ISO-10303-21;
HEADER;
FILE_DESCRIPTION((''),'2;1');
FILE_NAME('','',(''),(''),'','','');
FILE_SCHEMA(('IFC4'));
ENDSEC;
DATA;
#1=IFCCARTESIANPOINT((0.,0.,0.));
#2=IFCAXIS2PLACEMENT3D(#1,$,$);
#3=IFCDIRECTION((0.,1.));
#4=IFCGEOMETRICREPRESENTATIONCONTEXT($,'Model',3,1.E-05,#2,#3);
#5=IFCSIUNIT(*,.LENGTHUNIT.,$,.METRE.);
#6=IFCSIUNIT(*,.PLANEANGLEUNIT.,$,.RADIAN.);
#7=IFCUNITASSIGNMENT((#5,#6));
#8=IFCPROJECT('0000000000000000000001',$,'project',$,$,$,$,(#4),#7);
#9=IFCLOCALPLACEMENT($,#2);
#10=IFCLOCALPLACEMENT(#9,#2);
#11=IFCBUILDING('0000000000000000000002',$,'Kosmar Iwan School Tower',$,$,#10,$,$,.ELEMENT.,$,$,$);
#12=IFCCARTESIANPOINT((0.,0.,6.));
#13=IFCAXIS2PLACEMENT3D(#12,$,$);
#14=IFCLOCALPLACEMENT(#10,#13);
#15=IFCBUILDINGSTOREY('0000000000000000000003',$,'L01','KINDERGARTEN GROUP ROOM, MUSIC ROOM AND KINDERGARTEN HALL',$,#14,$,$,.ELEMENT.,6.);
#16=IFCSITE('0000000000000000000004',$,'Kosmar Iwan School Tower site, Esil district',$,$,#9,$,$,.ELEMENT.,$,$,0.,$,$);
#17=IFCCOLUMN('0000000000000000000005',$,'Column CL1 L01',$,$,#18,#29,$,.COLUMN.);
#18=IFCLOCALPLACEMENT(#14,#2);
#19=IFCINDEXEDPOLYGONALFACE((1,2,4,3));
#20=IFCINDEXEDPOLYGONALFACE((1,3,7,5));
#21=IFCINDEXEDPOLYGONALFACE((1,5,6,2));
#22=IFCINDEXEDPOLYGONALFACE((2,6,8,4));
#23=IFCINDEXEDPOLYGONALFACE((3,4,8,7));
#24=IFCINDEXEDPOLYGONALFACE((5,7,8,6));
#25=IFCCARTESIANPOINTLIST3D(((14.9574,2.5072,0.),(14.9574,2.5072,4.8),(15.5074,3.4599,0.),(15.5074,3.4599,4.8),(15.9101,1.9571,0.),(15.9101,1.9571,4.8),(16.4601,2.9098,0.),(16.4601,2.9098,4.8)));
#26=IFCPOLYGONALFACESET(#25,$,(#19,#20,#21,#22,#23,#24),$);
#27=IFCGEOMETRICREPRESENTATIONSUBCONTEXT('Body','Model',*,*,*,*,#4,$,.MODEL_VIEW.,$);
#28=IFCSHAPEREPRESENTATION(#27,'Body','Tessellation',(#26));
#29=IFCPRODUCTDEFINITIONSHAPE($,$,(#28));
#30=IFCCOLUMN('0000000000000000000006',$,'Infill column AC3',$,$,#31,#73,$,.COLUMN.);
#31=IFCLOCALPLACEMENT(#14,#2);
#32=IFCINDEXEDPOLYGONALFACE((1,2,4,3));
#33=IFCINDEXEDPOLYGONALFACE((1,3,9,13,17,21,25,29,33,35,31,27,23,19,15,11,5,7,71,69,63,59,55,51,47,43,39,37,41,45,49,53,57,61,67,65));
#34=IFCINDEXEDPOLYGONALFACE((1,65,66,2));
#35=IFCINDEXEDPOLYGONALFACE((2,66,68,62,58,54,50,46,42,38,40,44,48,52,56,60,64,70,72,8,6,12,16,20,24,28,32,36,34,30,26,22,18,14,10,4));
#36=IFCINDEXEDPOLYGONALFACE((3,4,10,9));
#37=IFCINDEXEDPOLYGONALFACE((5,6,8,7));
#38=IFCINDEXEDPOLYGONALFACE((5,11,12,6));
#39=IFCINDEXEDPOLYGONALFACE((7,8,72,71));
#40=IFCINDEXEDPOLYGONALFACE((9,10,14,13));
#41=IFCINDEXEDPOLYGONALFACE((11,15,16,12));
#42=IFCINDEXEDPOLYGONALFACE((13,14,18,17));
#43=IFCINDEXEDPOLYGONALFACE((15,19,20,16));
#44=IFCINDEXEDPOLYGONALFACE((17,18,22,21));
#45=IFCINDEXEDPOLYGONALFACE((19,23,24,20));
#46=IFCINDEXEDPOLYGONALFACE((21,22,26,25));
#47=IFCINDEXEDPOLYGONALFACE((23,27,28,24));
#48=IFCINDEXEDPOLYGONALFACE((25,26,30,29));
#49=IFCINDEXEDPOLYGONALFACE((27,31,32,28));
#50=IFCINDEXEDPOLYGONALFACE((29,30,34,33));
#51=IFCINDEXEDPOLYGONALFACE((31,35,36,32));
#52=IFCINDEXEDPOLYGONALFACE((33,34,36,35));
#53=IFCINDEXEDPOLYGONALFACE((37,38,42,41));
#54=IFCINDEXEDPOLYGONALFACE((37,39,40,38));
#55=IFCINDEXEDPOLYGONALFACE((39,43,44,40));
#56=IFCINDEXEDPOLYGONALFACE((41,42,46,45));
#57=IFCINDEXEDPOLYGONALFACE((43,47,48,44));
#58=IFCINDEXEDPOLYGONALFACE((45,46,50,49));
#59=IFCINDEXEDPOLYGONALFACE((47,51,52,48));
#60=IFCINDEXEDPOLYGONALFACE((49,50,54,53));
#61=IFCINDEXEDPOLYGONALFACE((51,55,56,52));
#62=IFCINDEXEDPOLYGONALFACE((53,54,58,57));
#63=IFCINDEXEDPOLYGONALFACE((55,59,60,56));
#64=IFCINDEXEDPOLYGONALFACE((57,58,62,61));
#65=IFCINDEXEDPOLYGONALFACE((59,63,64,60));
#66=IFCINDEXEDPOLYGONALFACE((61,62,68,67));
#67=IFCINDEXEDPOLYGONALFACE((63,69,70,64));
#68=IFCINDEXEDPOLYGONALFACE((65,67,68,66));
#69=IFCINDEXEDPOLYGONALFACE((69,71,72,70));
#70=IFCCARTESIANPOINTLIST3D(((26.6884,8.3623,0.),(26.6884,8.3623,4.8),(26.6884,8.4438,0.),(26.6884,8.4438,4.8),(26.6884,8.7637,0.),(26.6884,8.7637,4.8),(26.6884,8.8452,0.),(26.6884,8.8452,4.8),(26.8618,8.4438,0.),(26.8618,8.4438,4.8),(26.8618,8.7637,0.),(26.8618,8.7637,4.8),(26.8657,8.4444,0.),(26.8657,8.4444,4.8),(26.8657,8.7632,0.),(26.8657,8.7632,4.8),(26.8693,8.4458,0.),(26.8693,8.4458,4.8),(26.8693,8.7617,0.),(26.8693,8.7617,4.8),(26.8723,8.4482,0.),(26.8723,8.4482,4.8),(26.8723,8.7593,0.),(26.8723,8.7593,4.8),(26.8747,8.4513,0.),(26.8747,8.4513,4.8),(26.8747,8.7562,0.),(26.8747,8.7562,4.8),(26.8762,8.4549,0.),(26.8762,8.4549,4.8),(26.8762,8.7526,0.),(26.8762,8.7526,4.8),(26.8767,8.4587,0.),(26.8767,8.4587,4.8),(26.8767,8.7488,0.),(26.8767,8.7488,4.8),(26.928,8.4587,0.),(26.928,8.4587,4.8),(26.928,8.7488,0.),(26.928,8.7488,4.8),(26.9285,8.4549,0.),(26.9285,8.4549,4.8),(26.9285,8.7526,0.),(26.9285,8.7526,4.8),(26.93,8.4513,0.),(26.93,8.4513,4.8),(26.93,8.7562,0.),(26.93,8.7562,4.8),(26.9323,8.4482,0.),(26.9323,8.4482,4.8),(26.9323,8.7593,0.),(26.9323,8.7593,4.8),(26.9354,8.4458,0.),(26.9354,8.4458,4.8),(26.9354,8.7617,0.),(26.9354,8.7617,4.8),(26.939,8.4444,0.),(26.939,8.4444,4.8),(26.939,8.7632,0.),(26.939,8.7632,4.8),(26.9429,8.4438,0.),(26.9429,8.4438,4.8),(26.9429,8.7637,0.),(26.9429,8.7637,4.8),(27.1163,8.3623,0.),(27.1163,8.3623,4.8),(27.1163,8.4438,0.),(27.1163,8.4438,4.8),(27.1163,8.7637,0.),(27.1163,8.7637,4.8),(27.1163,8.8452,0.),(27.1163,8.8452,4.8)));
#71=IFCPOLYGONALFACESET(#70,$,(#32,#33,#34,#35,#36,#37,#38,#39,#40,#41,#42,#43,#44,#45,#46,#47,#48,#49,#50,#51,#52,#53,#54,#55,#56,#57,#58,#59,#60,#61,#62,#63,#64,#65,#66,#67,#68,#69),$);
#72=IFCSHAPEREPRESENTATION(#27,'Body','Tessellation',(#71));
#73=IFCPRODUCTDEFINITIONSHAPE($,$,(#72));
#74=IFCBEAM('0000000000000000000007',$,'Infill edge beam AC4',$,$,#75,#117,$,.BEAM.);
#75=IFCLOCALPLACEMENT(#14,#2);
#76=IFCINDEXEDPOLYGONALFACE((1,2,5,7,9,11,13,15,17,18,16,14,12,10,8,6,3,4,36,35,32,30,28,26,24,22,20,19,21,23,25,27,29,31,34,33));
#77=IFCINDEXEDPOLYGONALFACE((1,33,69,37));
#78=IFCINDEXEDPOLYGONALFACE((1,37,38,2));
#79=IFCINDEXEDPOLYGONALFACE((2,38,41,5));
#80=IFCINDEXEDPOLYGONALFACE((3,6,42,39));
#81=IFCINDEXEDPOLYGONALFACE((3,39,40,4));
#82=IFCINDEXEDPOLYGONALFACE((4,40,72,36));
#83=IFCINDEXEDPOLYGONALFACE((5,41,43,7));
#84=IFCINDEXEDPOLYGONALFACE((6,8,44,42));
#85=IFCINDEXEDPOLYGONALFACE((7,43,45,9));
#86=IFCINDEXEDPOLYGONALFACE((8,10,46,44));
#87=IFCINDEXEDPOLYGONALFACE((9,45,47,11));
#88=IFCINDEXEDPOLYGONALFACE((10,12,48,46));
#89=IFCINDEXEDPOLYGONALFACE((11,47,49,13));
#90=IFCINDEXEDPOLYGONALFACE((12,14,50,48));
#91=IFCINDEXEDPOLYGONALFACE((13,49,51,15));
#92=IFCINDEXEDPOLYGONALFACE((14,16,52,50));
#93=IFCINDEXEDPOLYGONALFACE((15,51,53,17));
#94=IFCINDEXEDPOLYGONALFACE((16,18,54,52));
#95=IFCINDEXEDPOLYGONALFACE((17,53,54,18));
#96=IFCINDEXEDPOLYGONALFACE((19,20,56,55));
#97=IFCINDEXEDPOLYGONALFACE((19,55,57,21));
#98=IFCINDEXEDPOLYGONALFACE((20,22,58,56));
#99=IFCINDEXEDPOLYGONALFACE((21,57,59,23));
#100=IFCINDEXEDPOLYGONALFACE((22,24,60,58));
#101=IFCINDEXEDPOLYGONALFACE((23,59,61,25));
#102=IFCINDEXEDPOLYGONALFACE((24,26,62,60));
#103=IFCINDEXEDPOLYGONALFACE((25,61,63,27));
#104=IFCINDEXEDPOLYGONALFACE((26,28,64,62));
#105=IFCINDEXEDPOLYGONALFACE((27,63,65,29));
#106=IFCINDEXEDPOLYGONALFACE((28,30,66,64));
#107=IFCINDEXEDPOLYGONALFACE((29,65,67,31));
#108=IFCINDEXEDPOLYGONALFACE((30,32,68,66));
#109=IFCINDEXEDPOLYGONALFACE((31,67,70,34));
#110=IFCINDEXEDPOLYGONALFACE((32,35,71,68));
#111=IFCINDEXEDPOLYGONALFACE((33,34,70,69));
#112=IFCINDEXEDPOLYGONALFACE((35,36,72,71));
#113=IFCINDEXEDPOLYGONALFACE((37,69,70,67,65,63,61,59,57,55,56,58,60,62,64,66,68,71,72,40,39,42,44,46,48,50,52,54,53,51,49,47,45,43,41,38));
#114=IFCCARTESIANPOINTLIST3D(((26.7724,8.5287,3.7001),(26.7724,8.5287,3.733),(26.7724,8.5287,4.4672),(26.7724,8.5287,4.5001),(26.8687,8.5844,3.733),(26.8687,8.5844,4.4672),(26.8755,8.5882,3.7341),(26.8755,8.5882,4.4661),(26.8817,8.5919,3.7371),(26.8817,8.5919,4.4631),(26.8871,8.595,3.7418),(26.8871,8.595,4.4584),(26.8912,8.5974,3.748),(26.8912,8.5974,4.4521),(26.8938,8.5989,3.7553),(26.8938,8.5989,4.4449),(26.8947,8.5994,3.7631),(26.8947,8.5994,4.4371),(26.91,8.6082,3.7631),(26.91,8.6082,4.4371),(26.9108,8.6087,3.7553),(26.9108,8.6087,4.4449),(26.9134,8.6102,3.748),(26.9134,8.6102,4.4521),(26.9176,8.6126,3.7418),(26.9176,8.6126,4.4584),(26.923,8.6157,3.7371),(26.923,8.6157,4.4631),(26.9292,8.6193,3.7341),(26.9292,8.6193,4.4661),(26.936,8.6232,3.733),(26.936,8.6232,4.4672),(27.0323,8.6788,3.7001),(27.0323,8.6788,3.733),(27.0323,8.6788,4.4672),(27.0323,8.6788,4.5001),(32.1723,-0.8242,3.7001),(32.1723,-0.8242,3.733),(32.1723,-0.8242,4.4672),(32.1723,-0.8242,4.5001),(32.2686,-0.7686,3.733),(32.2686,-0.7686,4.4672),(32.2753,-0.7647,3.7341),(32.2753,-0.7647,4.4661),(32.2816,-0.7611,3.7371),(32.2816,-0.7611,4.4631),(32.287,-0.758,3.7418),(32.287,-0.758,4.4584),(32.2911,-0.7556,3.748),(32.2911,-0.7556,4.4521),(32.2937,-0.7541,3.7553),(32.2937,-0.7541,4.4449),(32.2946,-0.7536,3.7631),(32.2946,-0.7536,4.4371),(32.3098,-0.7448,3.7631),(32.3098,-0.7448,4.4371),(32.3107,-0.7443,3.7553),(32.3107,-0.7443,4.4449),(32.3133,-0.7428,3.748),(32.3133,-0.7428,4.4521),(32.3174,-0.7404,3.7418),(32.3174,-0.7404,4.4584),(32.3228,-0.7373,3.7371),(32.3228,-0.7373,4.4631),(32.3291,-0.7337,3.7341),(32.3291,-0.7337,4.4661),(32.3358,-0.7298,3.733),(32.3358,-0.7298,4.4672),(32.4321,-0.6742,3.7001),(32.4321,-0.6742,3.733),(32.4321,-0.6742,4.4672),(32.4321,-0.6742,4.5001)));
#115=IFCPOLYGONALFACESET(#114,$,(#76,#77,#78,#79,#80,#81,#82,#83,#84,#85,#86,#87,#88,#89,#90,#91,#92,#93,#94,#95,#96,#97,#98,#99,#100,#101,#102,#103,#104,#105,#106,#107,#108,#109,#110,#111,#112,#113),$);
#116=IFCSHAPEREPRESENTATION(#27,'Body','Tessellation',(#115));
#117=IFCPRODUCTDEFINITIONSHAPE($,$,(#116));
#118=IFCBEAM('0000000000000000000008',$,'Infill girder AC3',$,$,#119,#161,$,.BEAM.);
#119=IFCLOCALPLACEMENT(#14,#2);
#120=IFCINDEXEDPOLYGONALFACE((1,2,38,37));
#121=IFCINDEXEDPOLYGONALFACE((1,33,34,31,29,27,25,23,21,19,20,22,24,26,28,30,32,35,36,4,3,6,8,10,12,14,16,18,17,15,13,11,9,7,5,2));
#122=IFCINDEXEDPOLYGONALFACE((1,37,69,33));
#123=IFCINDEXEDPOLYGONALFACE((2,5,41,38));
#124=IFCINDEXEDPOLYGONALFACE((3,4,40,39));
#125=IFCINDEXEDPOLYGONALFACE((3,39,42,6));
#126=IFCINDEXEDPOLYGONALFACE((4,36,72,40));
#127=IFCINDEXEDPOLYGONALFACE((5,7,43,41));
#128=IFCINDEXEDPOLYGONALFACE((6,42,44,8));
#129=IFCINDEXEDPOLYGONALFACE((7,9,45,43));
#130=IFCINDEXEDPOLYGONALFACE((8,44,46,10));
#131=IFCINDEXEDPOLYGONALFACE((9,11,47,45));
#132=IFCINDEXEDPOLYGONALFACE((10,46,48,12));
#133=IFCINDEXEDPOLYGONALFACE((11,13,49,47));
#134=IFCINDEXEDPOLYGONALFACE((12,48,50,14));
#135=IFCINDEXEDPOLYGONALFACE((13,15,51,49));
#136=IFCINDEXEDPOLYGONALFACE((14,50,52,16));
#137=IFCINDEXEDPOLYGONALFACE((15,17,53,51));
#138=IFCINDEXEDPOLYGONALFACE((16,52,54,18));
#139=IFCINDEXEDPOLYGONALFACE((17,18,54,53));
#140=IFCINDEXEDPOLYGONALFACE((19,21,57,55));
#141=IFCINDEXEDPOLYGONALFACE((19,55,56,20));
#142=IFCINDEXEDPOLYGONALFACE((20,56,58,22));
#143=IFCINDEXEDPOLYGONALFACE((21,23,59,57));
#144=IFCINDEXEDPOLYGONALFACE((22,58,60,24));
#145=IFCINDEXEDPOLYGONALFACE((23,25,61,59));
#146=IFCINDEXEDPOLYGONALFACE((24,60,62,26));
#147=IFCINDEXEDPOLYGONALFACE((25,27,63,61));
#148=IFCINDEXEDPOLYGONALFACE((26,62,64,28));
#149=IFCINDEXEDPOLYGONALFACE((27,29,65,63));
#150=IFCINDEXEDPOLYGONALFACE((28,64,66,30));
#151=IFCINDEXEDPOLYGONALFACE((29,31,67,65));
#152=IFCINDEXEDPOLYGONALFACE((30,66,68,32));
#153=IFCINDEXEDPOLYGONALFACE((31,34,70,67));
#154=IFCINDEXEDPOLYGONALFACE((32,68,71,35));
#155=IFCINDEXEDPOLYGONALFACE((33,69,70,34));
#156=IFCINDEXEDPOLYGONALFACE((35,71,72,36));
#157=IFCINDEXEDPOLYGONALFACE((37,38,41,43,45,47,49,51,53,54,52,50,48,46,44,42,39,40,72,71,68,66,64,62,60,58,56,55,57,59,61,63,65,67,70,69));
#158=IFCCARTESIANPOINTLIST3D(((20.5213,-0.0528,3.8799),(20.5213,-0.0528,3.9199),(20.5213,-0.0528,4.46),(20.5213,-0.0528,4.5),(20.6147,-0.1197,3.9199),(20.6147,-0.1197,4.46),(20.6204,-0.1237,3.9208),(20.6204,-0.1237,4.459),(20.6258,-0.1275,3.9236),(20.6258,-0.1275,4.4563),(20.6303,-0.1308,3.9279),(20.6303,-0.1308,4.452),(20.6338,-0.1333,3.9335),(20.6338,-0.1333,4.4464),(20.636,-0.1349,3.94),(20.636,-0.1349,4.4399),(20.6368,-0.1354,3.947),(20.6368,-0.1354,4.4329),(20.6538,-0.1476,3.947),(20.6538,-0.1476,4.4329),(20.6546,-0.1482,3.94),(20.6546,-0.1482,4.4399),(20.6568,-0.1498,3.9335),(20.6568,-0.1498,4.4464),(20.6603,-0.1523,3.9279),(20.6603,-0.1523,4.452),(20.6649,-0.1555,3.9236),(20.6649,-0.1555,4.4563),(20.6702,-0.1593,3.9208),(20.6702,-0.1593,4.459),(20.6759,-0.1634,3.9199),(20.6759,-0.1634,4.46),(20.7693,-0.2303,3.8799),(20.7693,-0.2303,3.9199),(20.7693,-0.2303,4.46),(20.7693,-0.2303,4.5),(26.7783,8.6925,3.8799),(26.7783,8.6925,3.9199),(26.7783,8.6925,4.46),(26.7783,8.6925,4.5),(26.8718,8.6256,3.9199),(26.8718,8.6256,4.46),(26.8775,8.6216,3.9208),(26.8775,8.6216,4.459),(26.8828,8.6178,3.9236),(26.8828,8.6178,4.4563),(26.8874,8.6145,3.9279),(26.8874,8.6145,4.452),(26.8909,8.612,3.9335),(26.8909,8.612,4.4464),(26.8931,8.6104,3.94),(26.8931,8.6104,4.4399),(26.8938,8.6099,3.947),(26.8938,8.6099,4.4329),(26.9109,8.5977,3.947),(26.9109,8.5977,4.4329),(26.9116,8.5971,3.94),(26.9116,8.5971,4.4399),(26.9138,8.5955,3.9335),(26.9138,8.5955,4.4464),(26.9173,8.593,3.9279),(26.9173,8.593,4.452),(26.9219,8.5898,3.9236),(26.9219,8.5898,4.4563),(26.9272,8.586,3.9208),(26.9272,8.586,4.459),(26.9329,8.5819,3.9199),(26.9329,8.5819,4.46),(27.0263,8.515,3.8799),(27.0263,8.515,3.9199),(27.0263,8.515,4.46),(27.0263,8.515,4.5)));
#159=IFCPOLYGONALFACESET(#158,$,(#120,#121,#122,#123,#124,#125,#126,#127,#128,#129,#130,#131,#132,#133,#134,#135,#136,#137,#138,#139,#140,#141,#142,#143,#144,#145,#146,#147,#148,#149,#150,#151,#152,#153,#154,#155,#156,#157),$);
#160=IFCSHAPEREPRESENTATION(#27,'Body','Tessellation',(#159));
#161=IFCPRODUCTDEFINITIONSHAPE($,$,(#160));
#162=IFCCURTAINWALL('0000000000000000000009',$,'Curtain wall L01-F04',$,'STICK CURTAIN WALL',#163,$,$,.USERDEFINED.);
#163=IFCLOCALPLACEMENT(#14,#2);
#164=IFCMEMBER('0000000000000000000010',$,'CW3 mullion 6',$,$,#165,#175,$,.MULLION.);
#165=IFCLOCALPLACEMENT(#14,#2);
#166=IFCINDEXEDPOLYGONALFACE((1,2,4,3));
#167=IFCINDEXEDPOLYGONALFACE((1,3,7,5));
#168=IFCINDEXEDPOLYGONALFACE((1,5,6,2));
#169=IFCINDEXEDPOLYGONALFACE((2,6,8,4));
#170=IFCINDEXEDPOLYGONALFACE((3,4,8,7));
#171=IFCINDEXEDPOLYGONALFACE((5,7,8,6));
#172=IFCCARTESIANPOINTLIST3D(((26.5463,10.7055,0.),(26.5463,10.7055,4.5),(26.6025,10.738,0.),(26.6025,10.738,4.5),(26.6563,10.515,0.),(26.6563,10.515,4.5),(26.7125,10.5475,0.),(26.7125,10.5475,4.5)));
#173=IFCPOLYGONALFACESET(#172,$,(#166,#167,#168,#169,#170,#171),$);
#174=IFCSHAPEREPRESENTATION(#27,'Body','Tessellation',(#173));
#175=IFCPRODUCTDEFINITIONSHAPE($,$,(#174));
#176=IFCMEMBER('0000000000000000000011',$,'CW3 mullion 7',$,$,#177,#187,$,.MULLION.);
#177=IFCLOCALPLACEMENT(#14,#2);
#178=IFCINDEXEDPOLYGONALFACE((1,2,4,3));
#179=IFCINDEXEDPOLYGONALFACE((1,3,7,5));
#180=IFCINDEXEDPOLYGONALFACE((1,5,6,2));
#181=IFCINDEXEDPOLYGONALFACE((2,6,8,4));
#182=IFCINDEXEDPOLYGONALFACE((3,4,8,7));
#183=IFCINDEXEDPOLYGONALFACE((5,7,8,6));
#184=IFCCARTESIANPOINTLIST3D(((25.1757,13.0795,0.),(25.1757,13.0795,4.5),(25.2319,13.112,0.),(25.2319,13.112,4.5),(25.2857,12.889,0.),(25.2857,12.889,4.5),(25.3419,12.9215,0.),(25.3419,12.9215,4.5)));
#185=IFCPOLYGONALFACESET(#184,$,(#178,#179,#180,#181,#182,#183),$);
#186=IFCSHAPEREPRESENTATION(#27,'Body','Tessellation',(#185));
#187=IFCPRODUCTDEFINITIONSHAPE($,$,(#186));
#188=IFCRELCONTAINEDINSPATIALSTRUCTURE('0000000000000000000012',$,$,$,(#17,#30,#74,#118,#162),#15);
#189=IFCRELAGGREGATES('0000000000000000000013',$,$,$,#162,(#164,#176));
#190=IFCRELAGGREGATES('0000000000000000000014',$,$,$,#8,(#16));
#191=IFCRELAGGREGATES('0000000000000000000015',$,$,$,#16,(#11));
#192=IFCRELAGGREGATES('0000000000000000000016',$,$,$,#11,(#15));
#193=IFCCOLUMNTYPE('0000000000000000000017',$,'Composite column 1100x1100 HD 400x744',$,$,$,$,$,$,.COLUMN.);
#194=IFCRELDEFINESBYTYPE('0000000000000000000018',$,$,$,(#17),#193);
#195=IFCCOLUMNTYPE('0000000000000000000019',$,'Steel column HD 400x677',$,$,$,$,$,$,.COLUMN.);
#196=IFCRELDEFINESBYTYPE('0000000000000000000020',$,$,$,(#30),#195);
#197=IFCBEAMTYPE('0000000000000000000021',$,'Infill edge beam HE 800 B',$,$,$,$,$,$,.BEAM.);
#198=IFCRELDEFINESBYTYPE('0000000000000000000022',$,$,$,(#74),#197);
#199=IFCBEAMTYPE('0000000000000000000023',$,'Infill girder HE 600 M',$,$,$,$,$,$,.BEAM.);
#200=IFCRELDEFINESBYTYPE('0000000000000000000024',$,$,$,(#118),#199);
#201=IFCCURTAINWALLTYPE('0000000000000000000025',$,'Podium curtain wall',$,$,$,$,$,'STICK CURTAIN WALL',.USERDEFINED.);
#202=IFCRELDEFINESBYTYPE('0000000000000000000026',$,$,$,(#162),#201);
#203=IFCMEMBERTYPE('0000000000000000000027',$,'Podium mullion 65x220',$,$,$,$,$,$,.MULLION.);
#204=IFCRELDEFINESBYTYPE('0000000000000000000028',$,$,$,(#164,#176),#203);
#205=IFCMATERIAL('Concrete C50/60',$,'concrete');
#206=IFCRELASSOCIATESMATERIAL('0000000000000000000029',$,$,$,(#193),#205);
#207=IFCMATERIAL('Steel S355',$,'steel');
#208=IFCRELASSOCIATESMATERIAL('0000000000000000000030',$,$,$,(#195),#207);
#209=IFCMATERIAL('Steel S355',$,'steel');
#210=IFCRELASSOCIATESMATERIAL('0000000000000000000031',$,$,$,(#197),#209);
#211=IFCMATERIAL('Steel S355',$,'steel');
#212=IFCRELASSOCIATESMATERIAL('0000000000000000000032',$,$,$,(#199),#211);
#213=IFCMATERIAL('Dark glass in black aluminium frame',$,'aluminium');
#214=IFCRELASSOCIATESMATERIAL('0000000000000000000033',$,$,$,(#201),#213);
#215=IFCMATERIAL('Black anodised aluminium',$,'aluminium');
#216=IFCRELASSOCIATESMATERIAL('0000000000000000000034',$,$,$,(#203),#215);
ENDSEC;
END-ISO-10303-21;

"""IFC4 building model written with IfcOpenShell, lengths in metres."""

from ifc_helpers import new_model, si_unit, direction, frame, origin, origin_2d, place, context, subcontext, project, spatial, rectangle, i_section, extrude, material, material_profile, profile_set, type_object, element, aggregate, save


model = new_model("IFC4")

# Units and contexts
model_context = context("Model", 3, precision=1e-05, world=origin(), true_north=direction((0.0, 1.0)))
body_context = subcontext(model_context, "Body", "Model", "MODEL_VIEW")
ifc_project = project(units=[si_unit("LENGTHUNIT", "METRE"), si_unit("PLANEANGLEUNIT", "RADIAN")], contexts=[model_context])

# Site, building, storey
site_placement = place(None, origin())
site = spatial("IfcSite", under=ifc_project, at=site_placement, Name="Kosmar Iwan School Tower site, Esil district", CompositionType="ELEMENT", RefElevation=0.0)
building_placement = place(site_placement, origin())
building = spatial("IfcBuilding", under=site, at=building_placement, Name="Kosmar Iwan School Tower", CompositionType="ELEMENT")
storey_placement = place(building_placement, frame((0.0, 0.0, 6.0)))
storey = spatial("IfcBuildingStorey", under=building, at=storey_placement, Name="L01", Description="KINDERGARTEN GROUP ROOM, MUSIC ROOM AND KINDERGARTEN HALL", CompositionType="ELEMENT", Elevation=6.0)

# Columns
ifc_material_1 = material(Name="Concrete C50/60", Category="concrete")
ifc_material_profile_1 = material_profile(ifc_material_1, rectangle(XDim=1.1001, YDim=1.1001, at=origin_2d()), Name="RC 1100x1100 + HD 400x744")
ifc_profile_set_1 = profile_set([ifc_material_profile_1], Name="Concrete C50/60")
column_type_1 = type_object("IfcColumnType", Name="Composite column 1100x1100 HD 400x744", PredefinedType="COLUMN", material=ifc_profile_set_1)
column_1_placement = place(storey_placement, frame((15.7087, 2.7085, 0.0), z_axis=(0.0, 0.0, 1.0), x_axis=(0.866025, -0.5, 0.0)))
element("IfcColumn", 1, at=column_1_placement, inside=storey, type_object=column_type_1, Name="Column CL1 L01", PredefinedType="COLUMN", context=body_context, shape_type="SweptSolid", body=[
    extrude(rectangle(XDim=1.1001, YDim=1.1001, at=origin_2d()), origin(), (0.0, 0.0, 1.0), 4.8),
])
ifc_material_2 = material(Name="Steel S355", Category="steel")
ifc_material_profile_2 = material_profile(ifc_material_2, i_section(OverallWidth=0.428, OverallDepth=0.4829, WebThickness=0.0513, FlangeThickness=0.0815, FilletRadius=0.0149, at=origin_2d()), Name="HD 400x677")
ifc_profile_set_2 = profile_set([ifc_material_profile_2], Name="Steel S355")
column_type_2 = type_object("IfcColumnType", Name="Steel column HD 400x677", PredefinedType="COLUMN", material=ifc_profile_set_2)
column_2_placement = place(storey_placement, frame((26.9023, 8.6038, 0.0), z_axis=(0.0, 0.0, 1.0), x_axis=(1.0, 0.0, 0.0)))
element("IfcColumn", 2, at=column_2_placement, inside=storey, type_object=column_type_2, Name="Infill column AC3", PredefinedType="COLUMN", context=body_context, shape_type="SweptSolid", body=[
    extrude(i_section(OverallWidth=0.428, OverallDepth=0.4829, WebThickness=0.0513, FlangeThickness=0.0815, FilletRadius=0.0149, at=origin_2d()), origin(), (0.0, 0.0, 1.0), 4.8),
])

# Beams
ifc_material_3 = material(Name="Steel S355", Category="steel")
ifc_material_profile_3 = material_profile(ifc_material_3, i_section(OverallWidth=0.3, OverallDepth=0.8, WebThickness=0.0176, FlangeThickness=0.033, FilletRadius=0.03, at=origin_2d()), Name="HE 800 B")
ifc_profile_set_3 = profile_set([ifc_material_profile_3], Name="Steel S355")
beam_type_1 = type_object("IfcBeamType", Name="Infill edge beam HE 800 B", PredefinedType="BEAM", material=ifc_profile_set_3)
beam_1_placement = place(storey_placement, frame((26.9023, 8.6038, 4.1001), z_axis=(0.499995, -0.866028, 0.0), x_axis=(0.866028, 0.499995, 0.0)))
element("IfcBeam", 3, at=beam_1_placement, inside=storey, type_object=beam_type_1, Name="Infill edge beam AC4", PredefinedType="BEAM", context=body_context, shape_type="SweptSolid", body=[
    extrude(i_section(OverallWidth=0.3, OverallDepth=0.8, WebThickness=0.0176, FlangeThickness=0.033, FilletRadius=0.03, at=origin_2d()), origin(), (0.0, 0.0, 1.0), 10.7998),
])
ifc_material_4 = material(Name="Steel S355", Category="steel")
ifc_material_profile_4 = material_profile(ifc_material_4, i_section(OverallWidth=0.3049, OverallDepth=0.6201, WebThickness=0.021, FlangeThickness=0.04, FilletRadius=0.0271, at=origin_2d()), Name="HE 600 M")
ifc_profile_set_4 = profile_set([ifc_material_profile_4], Name="Steel S355")
beam_type_2 = type_object("IfcBeamType", Name="Infill girder HE 600 M", PredefinedType="BEAM", material=ifc_profile_set_4)
beam_2_placement = place(storey_placement, frame((26.9023, 8.6038, 4.1899), z_axis=(-0.581878, -0.813276, 0.0), x_axis=(0.813276, -0.581878, 0.0)))
element("IfcBeam", 4, at=beam_2_placement, inside=storey, type_object=beam_type_2, Name="Infill girder AC3", PredefinedType="BEAM", context=body_context, shape_type="SweptSolid", body=[
    extrude(i_section(OverallWidth=0.3049, OverallDepth=0.6201, WebThickness=0.021, FlangeThickness=0.04, FilletRadius=0.0271, at=origin_2d()), origin(), (0.0, 0.0, 1.0), 10.7532),
])

# Curtain wall, members
ifc_material_5 = material(Name="Dark glass in black aluminium frame", Category="aluminium")
curtain_wall_type = type_object("IfcCurtainWallType", Name="Podium curtain wall", ElementType="STICK CURTAIN WALL", PredefinedType="USERDEFINED", material=ifc_material_5)
curtain_wall_placement = place(storey_placement, origin())
curtain_wall = element("IfcCurtainWall", 5, at=curtain_wall_placement, inside=storey, type_object=curtain_wall_type, Name="Curtain wall L01-F04", ObjectType="STICK CURTAIN WALL", PredefinedType="USERDEFINED")
ifc_material_6 = material(Name="Black anodised aluminium", Category="aluminium")
ifc_material_profile_5 = material_profile(ifc_material_6, rectangle(XDim=0.0649, YDim=0.22, at=origin_2d()), Name="MULLION 65x220")
ifc_profile_set_5 = profile_set([ifc_material_profile_5], Name="Black anodised aluminium")
member_type_1 = type_object("IfcMemberType", Name="Podium mullion 65x220", PredefinedType="MULLION", material=ifc_profile_set_5)
member_1_placement = place(storey_placement, frame((26.6294, 10.6265, 0.0), z_axis=(0.0, 0.0, 1.0), x_axis=(-0.866025, -0.5, 0.0)))
member_1 = element("IfcMember", 6, at=member_1_placement, type_object=member_type_1, Name="CW3 mullion 6", PredefinedType="MULLION", context=body_context, shape_type="SweptSolid", body=[
    extrude(rectangle(XDim=0.0649, YDim=0.22, at=origin_2d()), origin(), (0.0, 0.0, 1.0), 4.5),
])
member_2_placement = place(storey_placement, frame((25.2588, 13.0005, 0.0), z_axis=(0.0, 0.0, 1.0), x_axis=(-0.866025, -0.5, 0.0)))
member_2 = element("IfcMember", 7, at=member_2_placement, type_object=member_type_1, Name="CW3 mullion 7", PredefinedType="MULLION", context=body_context, shape_type="SweptSolid", body=[
    extrude(rectangle(XDim=0.0649, YDim=0.22, at=origin_2d()), origin(), (0.0, 0.0, 1.0), 4.5),
])

aggregate(curtain_wall, [member_1, member_2])

save(model, "model.ifc")
